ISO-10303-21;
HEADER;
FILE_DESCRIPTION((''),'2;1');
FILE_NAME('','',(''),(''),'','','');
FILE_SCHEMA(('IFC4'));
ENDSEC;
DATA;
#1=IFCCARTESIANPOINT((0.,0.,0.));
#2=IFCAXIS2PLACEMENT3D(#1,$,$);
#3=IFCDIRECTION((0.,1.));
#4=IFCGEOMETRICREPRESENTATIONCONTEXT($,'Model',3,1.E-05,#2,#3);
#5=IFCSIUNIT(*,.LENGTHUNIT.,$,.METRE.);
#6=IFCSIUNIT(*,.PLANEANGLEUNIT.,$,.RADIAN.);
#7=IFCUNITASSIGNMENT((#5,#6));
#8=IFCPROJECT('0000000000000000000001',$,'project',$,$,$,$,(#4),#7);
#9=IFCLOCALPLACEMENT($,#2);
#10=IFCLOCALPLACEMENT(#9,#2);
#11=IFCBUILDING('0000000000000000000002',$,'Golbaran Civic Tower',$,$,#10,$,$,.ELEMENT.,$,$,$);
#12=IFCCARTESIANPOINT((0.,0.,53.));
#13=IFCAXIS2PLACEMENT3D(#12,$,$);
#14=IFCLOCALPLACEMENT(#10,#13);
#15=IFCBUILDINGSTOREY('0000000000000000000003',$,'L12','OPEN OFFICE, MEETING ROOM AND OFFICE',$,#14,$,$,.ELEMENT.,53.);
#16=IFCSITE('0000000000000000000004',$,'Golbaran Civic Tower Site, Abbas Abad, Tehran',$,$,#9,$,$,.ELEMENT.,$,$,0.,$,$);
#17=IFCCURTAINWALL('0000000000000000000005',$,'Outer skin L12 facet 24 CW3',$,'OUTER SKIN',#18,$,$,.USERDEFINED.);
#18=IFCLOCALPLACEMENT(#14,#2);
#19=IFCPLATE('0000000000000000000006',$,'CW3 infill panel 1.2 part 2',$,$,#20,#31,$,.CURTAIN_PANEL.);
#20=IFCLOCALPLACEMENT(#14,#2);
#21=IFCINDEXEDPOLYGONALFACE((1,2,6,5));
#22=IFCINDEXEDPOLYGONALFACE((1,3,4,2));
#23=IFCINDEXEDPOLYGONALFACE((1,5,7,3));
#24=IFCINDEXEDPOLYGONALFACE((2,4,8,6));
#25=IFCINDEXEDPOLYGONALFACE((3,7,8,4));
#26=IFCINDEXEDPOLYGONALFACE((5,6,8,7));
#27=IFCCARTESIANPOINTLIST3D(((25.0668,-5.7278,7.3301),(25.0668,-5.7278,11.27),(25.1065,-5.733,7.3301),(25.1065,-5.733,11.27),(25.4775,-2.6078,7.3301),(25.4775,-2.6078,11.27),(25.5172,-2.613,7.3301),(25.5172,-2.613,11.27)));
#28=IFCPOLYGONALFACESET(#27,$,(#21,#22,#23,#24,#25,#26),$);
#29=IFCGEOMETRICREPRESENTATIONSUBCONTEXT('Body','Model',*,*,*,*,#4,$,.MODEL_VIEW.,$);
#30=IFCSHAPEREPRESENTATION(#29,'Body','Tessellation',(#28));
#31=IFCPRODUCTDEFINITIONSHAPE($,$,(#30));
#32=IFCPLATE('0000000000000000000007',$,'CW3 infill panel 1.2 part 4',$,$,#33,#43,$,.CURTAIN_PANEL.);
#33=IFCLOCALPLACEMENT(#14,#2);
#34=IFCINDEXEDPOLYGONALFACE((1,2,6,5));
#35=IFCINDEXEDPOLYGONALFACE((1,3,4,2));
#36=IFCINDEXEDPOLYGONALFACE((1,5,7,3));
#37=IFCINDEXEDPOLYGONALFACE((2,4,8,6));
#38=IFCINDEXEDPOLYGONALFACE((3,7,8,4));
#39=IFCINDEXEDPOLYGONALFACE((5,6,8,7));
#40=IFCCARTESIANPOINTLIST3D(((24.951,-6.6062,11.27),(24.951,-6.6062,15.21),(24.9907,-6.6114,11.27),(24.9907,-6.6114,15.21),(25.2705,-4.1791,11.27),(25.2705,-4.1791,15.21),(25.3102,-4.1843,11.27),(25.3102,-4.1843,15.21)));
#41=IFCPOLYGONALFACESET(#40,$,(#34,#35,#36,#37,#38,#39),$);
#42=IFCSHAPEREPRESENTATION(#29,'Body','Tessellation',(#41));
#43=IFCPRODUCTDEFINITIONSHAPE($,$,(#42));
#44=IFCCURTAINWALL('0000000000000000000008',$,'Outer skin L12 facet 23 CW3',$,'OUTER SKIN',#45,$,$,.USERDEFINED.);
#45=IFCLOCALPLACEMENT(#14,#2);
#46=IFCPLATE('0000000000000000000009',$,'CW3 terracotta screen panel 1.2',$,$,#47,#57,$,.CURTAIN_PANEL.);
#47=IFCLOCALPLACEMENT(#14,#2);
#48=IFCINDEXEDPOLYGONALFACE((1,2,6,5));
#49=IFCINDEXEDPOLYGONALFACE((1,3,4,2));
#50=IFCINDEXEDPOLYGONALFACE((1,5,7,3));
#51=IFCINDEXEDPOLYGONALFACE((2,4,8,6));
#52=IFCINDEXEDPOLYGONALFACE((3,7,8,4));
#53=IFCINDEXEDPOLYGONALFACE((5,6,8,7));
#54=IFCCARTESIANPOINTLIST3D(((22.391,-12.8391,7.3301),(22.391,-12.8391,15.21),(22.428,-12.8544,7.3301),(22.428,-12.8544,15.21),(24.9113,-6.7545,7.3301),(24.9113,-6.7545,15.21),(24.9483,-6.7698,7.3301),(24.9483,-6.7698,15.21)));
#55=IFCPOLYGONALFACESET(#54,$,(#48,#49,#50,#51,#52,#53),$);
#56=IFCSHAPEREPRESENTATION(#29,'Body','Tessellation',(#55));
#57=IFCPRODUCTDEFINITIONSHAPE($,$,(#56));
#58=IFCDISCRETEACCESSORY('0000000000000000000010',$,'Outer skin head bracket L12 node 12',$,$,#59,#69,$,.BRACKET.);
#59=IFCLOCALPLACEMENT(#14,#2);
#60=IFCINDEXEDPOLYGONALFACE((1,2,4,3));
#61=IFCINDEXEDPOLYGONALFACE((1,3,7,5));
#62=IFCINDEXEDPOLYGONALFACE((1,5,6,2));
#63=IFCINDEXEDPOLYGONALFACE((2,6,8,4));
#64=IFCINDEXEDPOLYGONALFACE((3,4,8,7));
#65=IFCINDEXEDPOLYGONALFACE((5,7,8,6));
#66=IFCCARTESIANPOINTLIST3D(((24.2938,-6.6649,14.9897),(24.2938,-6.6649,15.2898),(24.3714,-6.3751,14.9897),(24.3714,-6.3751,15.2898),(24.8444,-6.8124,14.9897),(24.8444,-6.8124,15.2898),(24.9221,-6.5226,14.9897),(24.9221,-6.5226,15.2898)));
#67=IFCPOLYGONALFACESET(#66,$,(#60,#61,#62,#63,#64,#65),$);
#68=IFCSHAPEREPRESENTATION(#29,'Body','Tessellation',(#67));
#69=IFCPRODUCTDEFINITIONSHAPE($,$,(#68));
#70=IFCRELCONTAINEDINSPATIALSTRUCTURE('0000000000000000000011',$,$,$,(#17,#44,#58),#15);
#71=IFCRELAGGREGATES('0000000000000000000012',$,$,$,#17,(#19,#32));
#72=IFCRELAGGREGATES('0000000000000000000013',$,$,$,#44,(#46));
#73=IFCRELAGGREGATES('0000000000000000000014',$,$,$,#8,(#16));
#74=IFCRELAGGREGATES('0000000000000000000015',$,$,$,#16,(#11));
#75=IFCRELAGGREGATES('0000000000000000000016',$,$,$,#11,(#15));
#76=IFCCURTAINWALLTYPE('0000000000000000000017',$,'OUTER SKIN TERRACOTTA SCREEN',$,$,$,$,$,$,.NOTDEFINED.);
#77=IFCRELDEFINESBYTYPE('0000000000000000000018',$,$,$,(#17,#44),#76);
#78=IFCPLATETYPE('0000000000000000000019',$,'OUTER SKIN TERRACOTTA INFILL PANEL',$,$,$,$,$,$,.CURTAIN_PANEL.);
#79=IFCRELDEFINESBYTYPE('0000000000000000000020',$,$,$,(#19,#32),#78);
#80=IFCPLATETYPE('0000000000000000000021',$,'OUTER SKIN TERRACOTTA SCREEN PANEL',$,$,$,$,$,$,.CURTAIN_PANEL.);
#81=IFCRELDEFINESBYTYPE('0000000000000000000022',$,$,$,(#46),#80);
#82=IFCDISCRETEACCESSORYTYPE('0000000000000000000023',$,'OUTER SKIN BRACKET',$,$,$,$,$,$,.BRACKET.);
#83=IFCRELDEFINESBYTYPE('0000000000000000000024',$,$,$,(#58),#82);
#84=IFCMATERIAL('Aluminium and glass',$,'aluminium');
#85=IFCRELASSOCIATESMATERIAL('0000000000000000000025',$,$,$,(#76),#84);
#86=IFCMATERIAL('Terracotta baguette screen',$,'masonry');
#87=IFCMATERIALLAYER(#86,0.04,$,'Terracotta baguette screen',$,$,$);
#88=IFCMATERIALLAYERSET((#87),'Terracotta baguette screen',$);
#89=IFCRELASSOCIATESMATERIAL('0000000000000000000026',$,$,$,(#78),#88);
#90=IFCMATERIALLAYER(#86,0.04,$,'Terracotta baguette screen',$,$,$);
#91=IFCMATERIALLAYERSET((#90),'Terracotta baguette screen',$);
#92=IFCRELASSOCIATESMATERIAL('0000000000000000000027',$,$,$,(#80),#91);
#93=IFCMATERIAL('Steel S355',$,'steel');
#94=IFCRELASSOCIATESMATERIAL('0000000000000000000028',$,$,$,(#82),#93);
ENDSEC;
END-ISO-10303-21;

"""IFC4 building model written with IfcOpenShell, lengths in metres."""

from ifc_helpers import new_model, si_unit, direction, frame, origin, origin_2d, place, context, subcontext, project, spatial, rectangle, extrude, material, layer, layer_set, type_object, element, aggregate, save


model = new_model("IFC4")

# Units and contexts
model_context = context("Model", 3, precision=1e-05, world=origin(), true_north=direction((0.0, 1.0)))
body_context = subcontext(model_context, "Body", "Model", "MODEL_VIEW")
ifc_project = project(units=[si_unit("LENGTHUNIT", "METRE"), si_unit("PLANEANGLEUNIT", "RADIAN")], contexts=[model_context])

# Site, building, storey
site_placement = place(None, origin())
site = spatial("IfcSite", under=ifc_project, at=site_placement, Name="Golbaran Civic Tower Site, Abbas Abad, Tehran", CompositionType="ELEMENT", RefElevation=0.0)
building_placement = place(site_placement, origin())
building = spatial("IfcBuilding", under=site, at=building_placement, Name="Golbaran Civic Tower", CompositionType="ELEMENT")
storey_placement = place(building_placement, frame((0.0, 0.0, 53.0)))
storey = spatial("IfcBuildingStorey", under=building, at=storey_placement, Name="L12", Description="OPEN OFFICE, MEETING ROOM AND OFFICE", CompositionType="ELEMENT", Elevation=53.0)

# Curtain wall
ifc_material_1 = material(Name="Aluminium and glass", Category="aluminium")
curtain_wall_type_1 = type_object("IfcCurtainWallType", Name="OUTER SKIN TERRACOTTA SCREEN", PredefinedType="NOTDEFINED", material=ifc_material_1)
curtain_wall_1_placement = place(storey_placement, origin())
curtain_wall_1 = element("IfcCurtainWall", 1, at=curtain_wall_1_placement, inside=storey, type_object=curtain_wall_type_1, Name="Outer skin L12 facet 24 CW3", ObjectType="OUTER SKIN", PredefinedType="USERDEFINED")

# Plates
ifc_material_2 = material(Name="Terracotta baguette screen", Category="masonry")
ifc_layer_1 = layer(ifc_material_2, 0.04, Name="Terracotta baguette screen")
ifc_layer_set_1 = layer_set([ifc_layer_1], Name="Terracotta baguette screen")
plate_type_1 = type_object("IfcPlateType", Name="OUTER SKIN TERRACOTTA INFILL PANEL", PredefinedType="CURTAIN_PANEL", material=ifc_layer_set_1)
plate_1_placement = place(storey_placement, frame((25.292, -4.1704, 7.3301), z_axis=(0.0, 0.0, 1.0), x_axis=(0.130526, 0.991445, 0.0)))
plate_1 = element("IfcPlate", 2, at=plate_1_placement, type_object=plate_type_1, Name="CW3 infill panel 1.2 part 2", PredefinedType="CURTAIN_PANEL", context=body_context, shape_type="SweptSolid", body=[
    extrude(rectangle(XDim=3.147, YDim=0.04, at=origin_2d()), origin(), (0.0, 0.0, 1.0), 3.9399),
])
plate_2_placement = place(storey_placement, frame((25.1306, -5.3953, 11.27), z_axis=(0.0, 0.0, 1.0), x_axis=(0.130526, 0.991445, 0.0)))
plate_2 = element("IfcPlate", 3, at=plate_2_placement, type_object=plate_type_1, Name="CW3 infill panel 1.2 part 4", PredefinedType="CURTAIN_PANEL", context=body_context, shape_type="SweptSolid", body=[
    extrude(rectangle(XDim=2.448, YDim=0.04, at=origin_2d()), origin(), (0.0, 0.0, 1.0), 3.9399),
])
aggregate(curtain_wall_1, [plate_1, plate_2])

# Curtain wall, plate
curtain_wall_2_placement = place(storey_placement, origin())
curtain_wall_2 = element("IfcCurtainWall", 4, at=curtain_wall_2_placement, inside=storey, type_object=curtain_wall_type_1, Name="Outer skin L12 facet 23 CW3", ObjectType="OUTER SKIN", PredefinedType="USERDEFINED")
ifc_layer_2 = layer(ifc_material_2, 0.04, Name="Terracotta baguette screen")
ifc_layer_set_2 = layer_set([ifc_layer_2], Name="Terracotta baguette screen")
plate_type_2 = type_object("IfcPlateType", Name="OUTER SKIN TERRACOTTA SCREEN PANEL", PredefinedType="CURTAIN_PANEL", material=ifc_layer_set_2)
plate_3_placement = place(storey_placement, frame((23.6697, -9.8044, 7.3301), z_axis=(0.0, 0.0, 1.0), x_axis=(0.382683, 0.92388, 0.0)))
plate_3 = element("IfcPlate", 5, at=plate_3_placement, type_object=plate_type_2, Name="CW3 terracotta screen panel 1.2", PredefinedType="CURTAIN_PANEL", context=body_context, shape_type="SweptSolid", body=[
    extrude(rectangle(XDim=6.5859, YDim=0.04, at=origin_2d()), origin(), (0.0, 0.0, 1.0), 7.8799),
])
aggregate(curtain_wall_2, [plate_3])

# Discrete accessory
ifc_material_3 = material(Name="Steel S355", Category="steel")
discrete_accessory_type = type_object("IfcDiscreteAccessoryType", Name="OUTER SKIN BRACKET", PredefinedType="BRACKET", material=ifc_material_3)
discrete_accessory_placement = place(storey_placement, frame((24.6079, -6.5938, 14.9897), z_axis=(0.0, 0.0, 1.0), x_axis=(0.965926, -0.258819, 0.0)))
element("IfcDiscreteAccessory", 6, at=discrete_accessory_placement, inside=storey, type_object=discrete_accessory_type, Name="Outer skin head bracket L12 node 12", PredefinedType="BRACKET", context=body_context, shape_type="SweptSolid", body=[
    extrude(rectangle(XDim=0.5701, YDim=0.3, at=origin_2d()), origin(), (0.0, 0.0, 1.0), 0.3),
])

save(model, "model.ifc")
